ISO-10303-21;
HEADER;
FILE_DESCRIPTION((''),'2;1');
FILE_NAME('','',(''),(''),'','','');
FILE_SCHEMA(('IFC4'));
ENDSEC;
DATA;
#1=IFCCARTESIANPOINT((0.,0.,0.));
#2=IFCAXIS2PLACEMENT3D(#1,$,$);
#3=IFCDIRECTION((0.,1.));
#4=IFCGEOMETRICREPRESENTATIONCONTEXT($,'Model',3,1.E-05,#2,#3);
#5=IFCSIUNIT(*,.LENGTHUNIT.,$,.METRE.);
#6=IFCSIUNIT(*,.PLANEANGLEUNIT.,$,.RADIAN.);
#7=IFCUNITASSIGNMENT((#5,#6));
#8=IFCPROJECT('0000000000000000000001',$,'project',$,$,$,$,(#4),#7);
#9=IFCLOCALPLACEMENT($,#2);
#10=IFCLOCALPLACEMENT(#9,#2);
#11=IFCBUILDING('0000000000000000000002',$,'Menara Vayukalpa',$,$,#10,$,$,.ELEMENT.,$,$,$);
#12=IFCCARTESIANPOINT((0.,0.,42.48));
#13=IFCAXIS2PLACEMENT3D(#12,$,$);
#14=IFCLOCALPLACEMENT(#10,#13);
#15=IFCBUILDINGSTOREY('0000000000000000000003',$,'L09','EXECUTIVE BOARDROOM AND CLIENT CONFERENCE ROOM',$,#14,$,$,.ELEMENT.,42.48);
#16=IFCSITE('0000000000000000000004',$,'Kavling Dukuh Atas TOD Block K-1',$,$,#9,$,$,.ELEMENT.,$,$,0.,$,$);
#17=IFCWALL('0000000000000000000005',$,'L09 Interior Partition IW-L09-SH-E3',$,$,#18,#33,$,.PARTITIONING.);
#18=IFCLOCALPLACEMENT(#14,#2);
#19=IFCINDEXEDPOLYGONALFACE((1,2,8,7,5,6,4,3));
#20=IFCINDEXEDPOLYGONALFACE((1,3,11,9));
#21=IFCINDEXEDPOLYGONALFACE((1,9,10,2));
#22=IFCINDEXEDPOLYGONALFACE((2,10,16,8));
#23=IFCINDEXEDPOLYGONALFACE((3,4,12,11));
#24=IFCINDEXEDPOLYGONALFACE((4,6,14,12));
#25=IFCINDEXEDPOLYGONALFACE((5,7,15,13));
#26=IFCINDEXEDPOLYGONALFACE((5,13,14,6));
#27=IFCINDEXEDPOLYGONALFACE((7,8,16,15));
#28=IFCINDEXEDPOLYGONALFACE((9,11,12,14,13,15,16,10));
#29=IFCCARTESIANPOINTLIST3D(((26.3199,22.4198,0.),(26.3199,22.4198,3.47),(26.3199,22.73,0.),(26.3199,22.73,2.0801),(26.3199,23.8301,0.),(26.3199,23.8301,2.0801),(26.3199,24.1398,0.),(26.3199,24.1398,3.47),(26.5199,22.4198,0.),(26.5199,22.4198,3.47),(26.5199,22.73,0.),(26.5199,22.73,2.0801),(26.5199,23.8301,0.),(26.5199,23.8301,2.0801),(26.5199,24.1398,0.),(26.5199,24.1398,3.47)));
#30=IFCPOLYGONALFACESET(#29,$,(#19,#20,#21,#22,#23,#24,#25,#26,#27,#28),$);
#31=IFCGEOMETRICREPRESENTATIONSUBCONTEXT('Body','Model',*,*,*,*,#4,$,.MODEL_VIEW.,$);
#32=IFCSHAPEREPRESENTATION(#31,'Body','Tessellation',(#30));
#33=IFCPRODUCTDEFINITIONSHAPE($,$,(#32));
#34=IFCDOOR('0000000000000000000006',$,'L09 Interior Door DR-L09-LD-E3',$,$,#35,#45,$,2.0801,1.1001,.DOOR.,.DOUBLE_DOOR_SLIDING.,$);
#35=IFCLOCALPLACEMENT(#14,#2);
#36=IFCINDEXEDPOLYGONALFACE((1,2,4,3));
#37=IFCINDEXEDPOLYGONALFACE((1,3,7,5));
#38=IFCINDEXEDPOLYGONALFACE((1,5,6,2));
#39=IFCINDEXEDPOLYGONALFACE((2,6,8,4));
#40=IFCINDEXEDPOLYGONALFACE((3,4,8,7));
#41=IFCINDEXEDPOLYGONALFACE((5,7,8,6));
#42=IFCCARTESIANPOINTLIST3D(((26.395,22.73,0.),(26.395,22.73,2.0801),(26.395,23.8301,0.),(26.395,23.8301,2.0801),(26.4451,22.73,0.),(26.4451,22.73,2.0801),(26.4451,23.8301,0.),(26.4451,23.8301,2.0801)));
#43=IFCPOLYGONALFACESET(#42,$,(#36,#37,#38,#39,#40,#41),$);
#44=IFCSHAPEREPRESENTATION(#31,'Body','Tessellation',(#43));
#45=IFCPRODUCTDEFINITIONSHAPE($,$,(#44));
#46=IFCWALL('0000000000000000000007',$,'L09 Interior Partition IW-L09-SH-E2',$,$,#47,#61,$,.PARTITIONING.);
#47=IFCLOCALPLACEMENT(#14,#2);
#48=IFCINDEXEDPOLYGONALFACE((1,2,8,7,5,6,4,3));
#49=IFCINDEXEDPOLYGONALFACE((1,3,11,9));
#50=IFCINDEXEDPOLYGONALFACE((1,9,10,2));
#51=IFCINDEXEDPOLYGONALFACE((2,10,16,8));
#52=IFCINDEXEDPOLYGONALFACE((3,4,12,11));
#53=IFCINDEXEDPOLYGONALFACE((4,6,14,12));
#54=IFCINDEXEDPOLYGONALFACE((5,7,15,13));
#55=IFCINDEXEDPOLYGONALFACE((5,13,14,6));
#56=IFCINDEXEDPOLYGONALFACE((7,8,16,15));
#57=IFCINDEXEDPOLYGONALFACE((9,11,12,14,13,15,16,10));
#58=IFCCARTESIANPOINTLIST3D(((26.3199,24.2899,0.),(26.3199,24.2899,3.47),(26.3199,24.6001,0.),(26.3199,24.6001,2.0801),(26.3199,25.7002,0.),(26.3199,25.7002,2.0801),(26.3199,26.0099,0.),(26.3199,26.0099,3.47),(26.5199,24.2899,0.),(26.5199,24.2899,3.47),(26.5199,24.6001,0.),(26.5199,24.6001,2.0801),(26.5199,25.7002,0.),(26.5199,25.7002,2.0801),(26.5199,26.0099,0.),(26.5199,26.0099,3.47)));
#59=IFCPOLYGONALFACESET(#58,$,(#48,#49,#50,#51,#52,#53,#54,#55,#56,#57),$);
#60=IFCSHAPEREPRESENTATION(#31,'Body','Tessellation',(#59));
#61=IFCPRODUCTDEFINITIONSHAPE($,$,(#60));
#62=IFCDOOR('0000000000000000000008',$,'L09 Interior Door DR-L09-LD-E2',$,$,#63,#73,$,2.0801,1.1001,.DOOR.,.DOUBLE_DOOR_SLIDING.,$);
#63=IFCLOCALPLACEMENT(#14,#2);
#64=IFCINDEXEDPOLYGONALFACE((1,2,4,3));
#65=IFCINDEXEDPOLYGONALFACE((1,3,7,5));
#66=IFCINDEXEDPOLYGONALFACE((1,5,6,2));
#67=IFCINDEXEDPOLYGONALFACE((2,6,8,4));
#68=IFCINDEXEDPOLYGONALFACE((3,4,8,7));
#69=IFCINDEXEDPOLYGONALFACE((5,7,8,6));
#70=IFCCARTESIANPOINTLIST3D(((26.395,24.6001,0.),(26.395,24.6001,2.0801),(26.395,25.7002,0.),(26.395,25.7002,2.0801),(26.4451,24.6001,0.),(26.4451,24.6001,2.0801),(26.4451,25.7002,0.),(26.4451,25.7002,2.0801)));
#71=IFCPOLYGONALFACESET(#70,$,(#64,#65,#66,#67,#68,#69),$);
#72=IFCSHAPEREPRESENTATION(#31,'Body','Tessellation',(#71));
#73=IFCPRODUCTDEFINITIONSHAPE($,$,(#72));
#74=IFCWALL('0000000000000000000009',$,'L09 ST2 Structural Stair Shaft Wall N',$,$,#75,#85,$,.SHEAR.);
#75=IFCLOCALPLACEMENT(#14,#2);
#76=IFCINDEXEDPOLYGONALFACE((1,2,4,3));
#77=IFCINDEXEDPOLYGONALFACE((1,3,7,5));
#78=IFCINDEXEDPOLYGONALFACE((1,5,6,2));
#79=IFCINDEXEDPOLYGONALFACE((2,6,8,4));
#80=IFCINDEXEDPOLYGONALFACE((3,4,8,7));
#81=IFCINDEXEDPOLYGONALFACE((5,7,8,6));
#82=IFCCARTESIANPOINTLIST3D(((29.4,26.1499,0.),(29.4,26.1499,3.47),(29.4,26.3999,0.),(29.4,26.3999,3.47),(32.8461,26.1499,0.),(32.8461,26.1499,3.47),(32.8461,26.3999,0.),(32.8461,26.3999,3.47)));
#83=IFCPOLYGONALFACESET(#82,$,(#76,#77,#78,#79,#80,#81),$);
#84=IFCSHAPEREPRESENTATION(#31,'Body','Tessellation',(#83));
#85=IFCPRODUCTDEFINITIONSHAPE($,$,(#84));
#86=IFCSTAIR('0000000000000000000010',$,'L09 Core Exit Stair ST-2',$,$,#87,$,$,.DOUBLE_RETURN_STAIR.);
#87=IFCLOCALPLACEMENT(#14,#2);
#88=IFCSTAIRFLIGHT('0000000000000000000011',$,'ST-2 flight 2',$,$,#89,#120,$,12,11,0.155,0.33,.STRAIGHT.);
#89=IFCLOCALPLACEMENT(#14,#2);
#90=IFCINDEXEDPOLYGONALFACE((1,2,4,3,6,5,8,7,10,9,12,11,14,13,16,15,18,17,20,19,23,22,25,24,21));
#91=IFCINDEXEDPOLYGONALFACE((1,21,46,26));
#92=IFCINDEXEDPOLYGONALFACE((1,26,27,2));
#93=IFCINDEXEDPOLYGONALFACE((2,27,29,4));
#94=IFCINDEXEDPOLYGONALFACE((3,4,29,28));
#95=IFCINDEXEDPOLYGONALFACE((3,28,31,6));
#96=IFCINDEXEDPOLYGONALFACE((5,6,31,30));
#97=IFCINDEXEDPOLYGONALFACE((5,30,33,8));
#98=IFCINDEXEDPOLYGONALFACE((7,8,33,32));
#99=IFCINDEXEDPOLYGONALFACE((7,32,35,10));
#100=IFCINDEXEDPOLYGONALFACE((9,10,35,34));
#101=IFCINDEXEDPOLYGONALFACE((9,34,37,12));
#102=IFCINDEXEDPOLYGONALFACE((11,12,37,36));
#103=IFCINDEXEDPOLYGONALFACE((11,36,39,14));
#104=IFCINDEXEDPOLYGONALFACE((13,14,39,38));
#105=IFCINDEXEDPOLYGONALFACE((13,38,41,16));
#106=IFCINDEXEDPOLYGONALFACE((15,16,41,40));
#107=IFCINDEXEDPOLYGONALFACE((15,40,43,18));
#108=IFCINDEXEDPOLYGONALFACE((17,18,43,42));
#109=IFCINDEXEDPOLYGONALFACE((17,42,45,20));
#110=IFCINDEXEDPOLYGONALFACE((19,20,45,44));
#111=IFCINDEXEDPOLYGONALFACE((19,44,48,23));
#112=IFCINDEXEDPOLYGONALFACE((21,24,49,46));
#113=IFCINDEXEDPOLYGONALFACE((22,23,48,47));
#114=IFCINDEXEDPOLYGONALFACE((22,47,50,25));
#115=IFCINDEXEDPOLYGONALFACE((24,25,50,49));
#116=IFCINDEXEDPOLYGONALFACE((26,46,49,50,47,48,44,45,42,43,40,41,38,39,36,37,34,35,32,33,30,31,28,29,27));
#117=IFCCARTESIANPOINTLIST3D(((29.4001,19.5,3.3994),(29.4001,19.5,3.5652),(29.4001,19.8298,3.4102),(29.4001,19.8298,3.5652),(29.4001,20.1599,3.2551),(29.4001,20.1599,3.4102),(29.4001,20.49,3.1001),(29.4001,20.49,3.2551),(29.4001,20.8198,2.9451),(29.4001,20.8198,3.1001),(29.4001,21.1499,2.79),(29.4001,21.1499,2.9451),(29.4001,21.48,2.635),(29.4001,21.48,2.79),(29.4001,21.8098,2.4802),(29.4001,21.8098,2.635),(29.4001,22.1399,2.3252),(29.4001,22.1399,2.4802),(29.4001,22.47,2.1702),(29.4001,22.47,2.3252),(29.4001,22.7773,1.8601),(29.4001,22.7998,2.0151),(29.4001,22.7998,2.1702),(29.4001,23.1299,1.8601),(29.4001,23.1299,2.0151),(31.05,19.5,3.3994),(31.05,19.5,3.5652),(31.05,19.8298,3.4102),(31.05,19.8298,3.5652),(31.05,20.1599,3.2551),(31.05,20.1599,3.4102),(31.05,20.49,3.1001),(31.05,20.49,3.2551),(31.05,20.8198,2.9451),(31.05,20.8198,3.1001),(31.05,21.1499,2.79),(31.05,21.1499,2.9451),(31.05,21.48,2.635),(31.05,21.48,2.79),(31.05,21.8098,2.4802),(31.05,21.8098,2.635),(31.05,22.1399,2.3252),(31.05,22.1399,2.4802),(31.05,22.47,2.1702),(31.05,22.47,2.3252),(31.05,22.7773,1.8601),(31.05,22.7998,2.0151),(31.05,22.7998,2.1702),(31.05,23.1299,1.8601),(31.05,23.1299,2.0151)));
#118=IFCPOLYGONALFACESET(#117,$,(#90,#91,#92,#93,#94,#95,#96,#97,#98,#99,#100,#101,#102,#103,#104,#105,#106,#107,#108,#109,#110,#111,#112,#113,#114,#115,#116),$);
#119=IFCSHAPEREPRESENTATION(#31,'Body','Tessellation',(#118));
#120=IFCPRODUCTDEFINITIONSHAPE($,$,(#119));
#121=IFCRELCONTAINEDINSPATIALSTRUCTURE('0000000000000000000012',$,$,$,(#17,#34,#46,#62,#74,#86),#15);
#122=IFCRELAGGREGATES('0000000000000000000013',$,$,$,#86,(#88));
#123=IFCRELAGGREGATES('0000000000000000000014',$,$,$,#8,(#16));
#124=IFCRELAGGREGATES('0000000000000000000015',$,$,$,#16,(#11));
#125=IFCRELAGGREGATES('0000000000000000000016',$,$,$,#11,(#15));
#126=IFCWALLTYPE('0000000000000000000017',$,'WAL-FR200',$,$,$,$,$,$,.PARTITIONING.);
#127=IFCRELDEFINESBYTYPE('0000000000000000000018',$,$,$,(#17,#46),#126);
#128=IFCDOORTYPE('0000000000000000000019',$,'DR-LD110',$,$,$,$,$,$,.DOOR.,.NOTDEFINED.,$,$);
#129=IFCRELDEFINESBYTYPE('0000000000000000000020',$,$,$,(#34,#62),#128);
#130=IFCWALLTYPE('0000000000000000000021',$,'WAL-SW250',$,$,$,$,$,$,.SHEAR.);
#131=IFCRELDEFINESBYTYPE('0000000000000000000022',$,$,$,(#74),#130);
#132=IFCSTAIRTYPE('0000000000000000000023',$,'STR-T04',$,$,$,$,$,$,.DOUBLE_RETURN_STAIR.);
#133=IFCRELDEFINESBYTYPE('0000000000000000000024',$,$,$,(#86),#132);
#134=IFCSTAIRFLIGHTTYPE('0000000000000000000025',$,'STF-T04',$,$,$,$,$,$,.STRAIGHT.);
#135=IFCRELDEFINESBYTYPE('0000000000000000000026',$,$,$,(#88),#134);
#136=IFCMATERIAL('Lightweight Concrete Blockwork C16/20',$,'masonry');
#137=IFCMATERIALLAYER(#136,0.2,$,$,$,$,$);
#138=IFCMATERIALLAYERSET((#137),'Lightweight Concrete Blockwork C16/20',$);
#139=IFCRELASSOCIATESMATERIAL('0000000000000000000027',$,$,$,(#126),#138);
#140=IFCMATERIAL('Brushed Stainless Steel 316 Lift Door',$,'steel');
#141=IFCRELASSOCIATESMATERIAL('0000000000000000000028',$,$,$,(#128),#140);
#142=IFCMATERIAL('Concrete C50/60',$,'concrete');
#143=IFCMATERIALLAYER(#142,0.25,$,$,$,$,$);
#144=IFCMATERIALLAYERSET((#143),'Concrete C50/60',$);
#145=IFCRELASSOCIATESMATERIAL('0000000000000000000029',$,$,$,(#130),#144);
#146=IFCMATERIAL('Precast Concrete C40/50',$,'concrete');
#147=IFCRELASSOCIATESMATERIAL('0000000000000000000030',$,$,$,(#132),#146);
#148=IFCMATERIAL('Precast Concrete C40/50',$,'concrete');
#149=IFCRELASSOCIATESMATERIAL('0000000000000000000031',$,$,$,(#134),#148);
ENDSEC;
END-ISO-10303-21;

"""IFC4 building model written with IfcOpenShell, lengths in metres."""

from ifc_helpers import new_model, si_unit, direction, frame, frame_2d, origin, place, context, subcontext, project, spatial, polyline, rectangle, outline, extrude, material, layer, layer_set, type_object, element, fill, aggregate, save


model = new_model("IFC4")

# Units and contexts
model_context = context("Model", 3, precision=1e-05, world=origin(), true_north=direction((0.0, 1.0)))
body_context = subcontext(model_context, "Body", "Model", "MODEL_VIEW")
ifc_project = project(units=[si_unit("LENGTHUNIT", "METRE"), si_unit("PLANEANGLEUNIT", "RADIAN")], contexts=[model_context])

# Site, building, storey
site_placement = place(None, origin())
site = spatial("IfcSite", under=ifc_project, at=site_placement, Name="Kavling Dukuh Atas TOD Block K-1", CompositionType="ELEMENT", RefElevation=0.0)
building_placement = place(site_placement, origin())
building = spatial("IfcBuilding", under=site, at=building_placement, Name="Menara Vayukalpa", CompositionType="ELEMENT")
storey_placement = place(building_placement, frame((0.0, 0.0, 42.48)))
storey = spatial("IfcBuildingStorey", under=building, at=storey_placement, Name="L09", Description="EXECUTIVE BOARDROOM AND CLIENT CONFERENCE ROOM", CompositionType="ELEMENT", Elevation=42.48)

# Walls, openings, doors
ifc_material_1 = material(Name="Lightweight Concrete Blockwork C16/20", Category="masonry")
ifc_layer_1 = layer(ifc_material_1, 0.2)
ifc_layer_set_1 = layer_set([ifc_layer_1], Name="Lightweight Concrete Blockwork C16/20")
wall_type_1 = type_object("IfcWallType", Name="WAL-FR200", PredefinedType="PARTITIONING", material=ifc_layer_set_1)
ifc_material_2 = material(Name="Brushed Stainless Steel 316 Lift Door", Category="steel")
door_type = type_object("IfcDoorType", Name="DR-LD110", OperationType="NOTDEFINED", PredefinedType="DOOR", material=ifc_material_2)
wall_1_placement = place(storey_placement, frame((26.4199, 22.4199, 0.0), z_axis=(0.0, 0.0, 1.0), x_axis=(0.0, 1.0, 0.0)))
wall_1 = element("IfcWall", 1, at=wall_1_placement, inside=storey, type_object=wall_type_1, Name="L09 Interior Partition IW-L09-SH-E3", PredefinedType="PARTITIONING", context=body_context, shape_type="SweptSolid", body=[
    extrude(rectangle(XDim=1.72, YDim=0.2, at=frame_2d((0.8599, 0.0))), origin(), (0.0, 0.0, 1.0), 3.47),
])
opening_1_placement = place(wall_1_placement, frame((0.3101, 0.0, 0.0)))
opening_1 = element("IfcOpeningElement", 2, at=opening_1_placement, cuts=wall_1, PredefinedType="OPENING", context=body_context, shape_type="SweptSolid", body=[
    extrude(rectangle(XDim=1.1001, YDim=2.0801, at=frame_2d((0.55, 1.04))), frame((0.0, 0.1099, 0.0), z_axis=(0.0, -1.0, 0.0), x_axis=(1.0, 0.0, 0.0)), (0.0, 0.0, 1.0), 0.22),
])
door_1_placement = place(opening_1_placement, origin())
door_1 = element("IfcDoor", 3, at=door_1_placement, inside=storey, type_object=door_type, Name="L09 Interior Door DR-L09-LD-E3", OperationType="DOUBLE_DOOR_SLIDING", OverallHeight=2.0801, OverallWidth=1.1001, PredefinedType="DOOR", context=body_context, shape_type="SweptSolid", body=[
    extrude(rectangle(XDim=1.1001, YDim=2.0801, at=frame_2d((0.55, 1.04))), frame((0.0, 0.0249, 0.0), z_axis=(0.0, -1.0, 0.0), x_axis=(1.0, 0.0, 0.0)), (0.0, 0.0, 1.0), 0.05),
])
fill(opening_1, door_1)
wall_2_placement = place(storey_placement, frame((26.4199, 24.29, 0.0), z_axis=(0.0, 0.0, 1.0), x_axis=(0.0, 1.0, 0.0)))
wall_2 = element("IfcWall", 4, at=wall_2_placement, inside=storey, type_object=wall_type_1, Name="L09 Interior Partition IW-L09-SH-E2", PredefinedType="PARTITIONING", context=body_context, shape_type="SweptSolid", body=[
    extrude(rectangle(XDim=1.72, YDim=0.2, at=frame_2d((0.8599, 0.0))), origin(), (0.0, 0.0, 1.0), 3.47),
])
opening_2_placement = place(wall_2_placement, frame((0.3101, 0.0, 0.0)))
opening_2 = element("IfcOpeningElement", 5, at=opening_2_placement, cuts=wall_2, PredefinedType="OPENING", context=body_context, shape_type="SweptSolid", body=[
    extrude(rectangle(XDim=1.1001, YDim=2.0801, at=frame_2d((0.55, 1.04))), frame((0.0, 0.1099, 0.0), z_axis=(0.0, -1.0, 0.0), x_axis=(1.0, 0.0, 0.0)), (0.0, 0.0, 1.0), 0.22),
])
door_2_placement = place(opening_2_placement, origin())
door_2 = element("IfcDoor", 6, at=door_2_placement, inside=storey, type_object=door_type, Name="L09 Interior Door DR-L09-LD-E2", OperationType="DOUBLE_DOOR_SLIDING", OverallHeight=2.0801, OverallWidth=1.1001, PredefinedType="DOOR", context=body_context, shape_type="SweptSolid", body=[
    extrude(rectangle(XDim=1.1001, YDim=2.0801, at=frame_2d((0.55, 1.04))), frame((0.0, 0.0249, 0.0), z_axis=(0.0, -1.0, 0.0), x_axis=(1.0, 0.0, 0.0)), (0.0, 0.0, 1.0), 0.05),
])
fill(opening_2, door_2)

# Wall
ifc_material_3 = material(Name="Concrete C50/60", Category="concrete")
ifc_layer_2 = layer(ifc_material_3, 0.25)
ifc_layer_set_2 = layer_set([ifc_layer_2], Name="Concrete C50/60")
wall_type_2 = type_object("IfcWallType", Name="WAL-SW250", PredefinedType="SHEAR", material=ifc_layer_set_2)
wall_3_placement = place(storey_placement, frame((29.3999, 26.2749, 0.0), z_axis=(0.0, 0.0, 1.0), x_axis=(1.0, 0.0, 0.0)))
element("IfcWall", 7, at=wall_3_placement, inside=storey, type_object=wall_type_2, Name="L09 ST2 Structural Stair Shaft Wall N", PredefinedType="SHEAR", context=body_context, shape_type="SweptSolid", body=[
    extrude(rectangle(XDim=3.446, YDim=0.25, at=frame_2d((1.7231, 0.0))), origin(), (0.0, 0.0, 1.0), 3.47),
])

# Stair, stair flight
ifc_material_4 = material(Name="Precast Concrete C40/50", Category="concrete")
stair_type = type_object("IfcStairType", Name="STR-T04", PredefinedType="DOUBLE_RETURN_STAIR", material=ifc_material_4)
stair_placement = place(storey_placement, origin())
stair = element("IfcStair", 8, at=stair_placement, inside=storey, type_object=stair_type, Name="L09 Core Exit Stair ST-2", PredefinedType="DOUBLE_RETURN_STAIR")
ifc_material_5 = material(Name="Precast Concrete C40/50", Category="concrete")
stair_flight_type = type_object("IfcStairFlightType", Name="STF-T04", PredefinedType="STRAIGHT", material=ifc_material_5)
stair_flight_placement = place(storey_placement, frame((30.2251, 23.1299, 1.8601), z_axis=(0.0, 0.0, 1.0), x_axis=(0.0, -1.0, 0.0)))
stair_flight = element("IfcStairFlight", 9, at=stair_flight_placement, type_object=stair_flight_type, Name="ST-2 flight 2", NumberOfRisers=12, NumberOfTreads=11, PredefinedType="STRAIGHT", RiserHeight=0.155, TreadLength=0.33, context=body_context, shape_type="SweptSolid", body=[
    extrude(outline(polyline([(0.0, 0.0), (0.0, 0.155), (0.3301, 0.155), (0.3301, 0.3101), (0.6599, 0.3101), (0.6599, 0.4651), (0.99, 0.4651), (0.99, 0.6201), (1.3201, 0.6201), (1.3201, 0.7749), (1.6499, 0.7749), (1.6499, 0.9299), (1.98, 0.9299), (1.98, 1.085), (2.3101, 1.085), (2.3101, 1.24), (2.6399, 1.24), (2.6399, 1.395), (2.97, 1.395), (2.97, 1.55), (3.3, 1.55), (3.3, 1.7051), (3.6299, 1.7051), (3.6299, 1.8601), (3.6299, 1.5393), (0.3525, 0.0), (0.0, 0.0)])), frame((0.0, 0.825, 0.0), z_axis=(0.0, -1.0, 0.0), x_axis=(1.0, 0.0, 0.0)), (0.0, 0.0, 1.0), 1.6499),
])
aggregate(stair, [stair_flight])

save(model, "model.ifc")
